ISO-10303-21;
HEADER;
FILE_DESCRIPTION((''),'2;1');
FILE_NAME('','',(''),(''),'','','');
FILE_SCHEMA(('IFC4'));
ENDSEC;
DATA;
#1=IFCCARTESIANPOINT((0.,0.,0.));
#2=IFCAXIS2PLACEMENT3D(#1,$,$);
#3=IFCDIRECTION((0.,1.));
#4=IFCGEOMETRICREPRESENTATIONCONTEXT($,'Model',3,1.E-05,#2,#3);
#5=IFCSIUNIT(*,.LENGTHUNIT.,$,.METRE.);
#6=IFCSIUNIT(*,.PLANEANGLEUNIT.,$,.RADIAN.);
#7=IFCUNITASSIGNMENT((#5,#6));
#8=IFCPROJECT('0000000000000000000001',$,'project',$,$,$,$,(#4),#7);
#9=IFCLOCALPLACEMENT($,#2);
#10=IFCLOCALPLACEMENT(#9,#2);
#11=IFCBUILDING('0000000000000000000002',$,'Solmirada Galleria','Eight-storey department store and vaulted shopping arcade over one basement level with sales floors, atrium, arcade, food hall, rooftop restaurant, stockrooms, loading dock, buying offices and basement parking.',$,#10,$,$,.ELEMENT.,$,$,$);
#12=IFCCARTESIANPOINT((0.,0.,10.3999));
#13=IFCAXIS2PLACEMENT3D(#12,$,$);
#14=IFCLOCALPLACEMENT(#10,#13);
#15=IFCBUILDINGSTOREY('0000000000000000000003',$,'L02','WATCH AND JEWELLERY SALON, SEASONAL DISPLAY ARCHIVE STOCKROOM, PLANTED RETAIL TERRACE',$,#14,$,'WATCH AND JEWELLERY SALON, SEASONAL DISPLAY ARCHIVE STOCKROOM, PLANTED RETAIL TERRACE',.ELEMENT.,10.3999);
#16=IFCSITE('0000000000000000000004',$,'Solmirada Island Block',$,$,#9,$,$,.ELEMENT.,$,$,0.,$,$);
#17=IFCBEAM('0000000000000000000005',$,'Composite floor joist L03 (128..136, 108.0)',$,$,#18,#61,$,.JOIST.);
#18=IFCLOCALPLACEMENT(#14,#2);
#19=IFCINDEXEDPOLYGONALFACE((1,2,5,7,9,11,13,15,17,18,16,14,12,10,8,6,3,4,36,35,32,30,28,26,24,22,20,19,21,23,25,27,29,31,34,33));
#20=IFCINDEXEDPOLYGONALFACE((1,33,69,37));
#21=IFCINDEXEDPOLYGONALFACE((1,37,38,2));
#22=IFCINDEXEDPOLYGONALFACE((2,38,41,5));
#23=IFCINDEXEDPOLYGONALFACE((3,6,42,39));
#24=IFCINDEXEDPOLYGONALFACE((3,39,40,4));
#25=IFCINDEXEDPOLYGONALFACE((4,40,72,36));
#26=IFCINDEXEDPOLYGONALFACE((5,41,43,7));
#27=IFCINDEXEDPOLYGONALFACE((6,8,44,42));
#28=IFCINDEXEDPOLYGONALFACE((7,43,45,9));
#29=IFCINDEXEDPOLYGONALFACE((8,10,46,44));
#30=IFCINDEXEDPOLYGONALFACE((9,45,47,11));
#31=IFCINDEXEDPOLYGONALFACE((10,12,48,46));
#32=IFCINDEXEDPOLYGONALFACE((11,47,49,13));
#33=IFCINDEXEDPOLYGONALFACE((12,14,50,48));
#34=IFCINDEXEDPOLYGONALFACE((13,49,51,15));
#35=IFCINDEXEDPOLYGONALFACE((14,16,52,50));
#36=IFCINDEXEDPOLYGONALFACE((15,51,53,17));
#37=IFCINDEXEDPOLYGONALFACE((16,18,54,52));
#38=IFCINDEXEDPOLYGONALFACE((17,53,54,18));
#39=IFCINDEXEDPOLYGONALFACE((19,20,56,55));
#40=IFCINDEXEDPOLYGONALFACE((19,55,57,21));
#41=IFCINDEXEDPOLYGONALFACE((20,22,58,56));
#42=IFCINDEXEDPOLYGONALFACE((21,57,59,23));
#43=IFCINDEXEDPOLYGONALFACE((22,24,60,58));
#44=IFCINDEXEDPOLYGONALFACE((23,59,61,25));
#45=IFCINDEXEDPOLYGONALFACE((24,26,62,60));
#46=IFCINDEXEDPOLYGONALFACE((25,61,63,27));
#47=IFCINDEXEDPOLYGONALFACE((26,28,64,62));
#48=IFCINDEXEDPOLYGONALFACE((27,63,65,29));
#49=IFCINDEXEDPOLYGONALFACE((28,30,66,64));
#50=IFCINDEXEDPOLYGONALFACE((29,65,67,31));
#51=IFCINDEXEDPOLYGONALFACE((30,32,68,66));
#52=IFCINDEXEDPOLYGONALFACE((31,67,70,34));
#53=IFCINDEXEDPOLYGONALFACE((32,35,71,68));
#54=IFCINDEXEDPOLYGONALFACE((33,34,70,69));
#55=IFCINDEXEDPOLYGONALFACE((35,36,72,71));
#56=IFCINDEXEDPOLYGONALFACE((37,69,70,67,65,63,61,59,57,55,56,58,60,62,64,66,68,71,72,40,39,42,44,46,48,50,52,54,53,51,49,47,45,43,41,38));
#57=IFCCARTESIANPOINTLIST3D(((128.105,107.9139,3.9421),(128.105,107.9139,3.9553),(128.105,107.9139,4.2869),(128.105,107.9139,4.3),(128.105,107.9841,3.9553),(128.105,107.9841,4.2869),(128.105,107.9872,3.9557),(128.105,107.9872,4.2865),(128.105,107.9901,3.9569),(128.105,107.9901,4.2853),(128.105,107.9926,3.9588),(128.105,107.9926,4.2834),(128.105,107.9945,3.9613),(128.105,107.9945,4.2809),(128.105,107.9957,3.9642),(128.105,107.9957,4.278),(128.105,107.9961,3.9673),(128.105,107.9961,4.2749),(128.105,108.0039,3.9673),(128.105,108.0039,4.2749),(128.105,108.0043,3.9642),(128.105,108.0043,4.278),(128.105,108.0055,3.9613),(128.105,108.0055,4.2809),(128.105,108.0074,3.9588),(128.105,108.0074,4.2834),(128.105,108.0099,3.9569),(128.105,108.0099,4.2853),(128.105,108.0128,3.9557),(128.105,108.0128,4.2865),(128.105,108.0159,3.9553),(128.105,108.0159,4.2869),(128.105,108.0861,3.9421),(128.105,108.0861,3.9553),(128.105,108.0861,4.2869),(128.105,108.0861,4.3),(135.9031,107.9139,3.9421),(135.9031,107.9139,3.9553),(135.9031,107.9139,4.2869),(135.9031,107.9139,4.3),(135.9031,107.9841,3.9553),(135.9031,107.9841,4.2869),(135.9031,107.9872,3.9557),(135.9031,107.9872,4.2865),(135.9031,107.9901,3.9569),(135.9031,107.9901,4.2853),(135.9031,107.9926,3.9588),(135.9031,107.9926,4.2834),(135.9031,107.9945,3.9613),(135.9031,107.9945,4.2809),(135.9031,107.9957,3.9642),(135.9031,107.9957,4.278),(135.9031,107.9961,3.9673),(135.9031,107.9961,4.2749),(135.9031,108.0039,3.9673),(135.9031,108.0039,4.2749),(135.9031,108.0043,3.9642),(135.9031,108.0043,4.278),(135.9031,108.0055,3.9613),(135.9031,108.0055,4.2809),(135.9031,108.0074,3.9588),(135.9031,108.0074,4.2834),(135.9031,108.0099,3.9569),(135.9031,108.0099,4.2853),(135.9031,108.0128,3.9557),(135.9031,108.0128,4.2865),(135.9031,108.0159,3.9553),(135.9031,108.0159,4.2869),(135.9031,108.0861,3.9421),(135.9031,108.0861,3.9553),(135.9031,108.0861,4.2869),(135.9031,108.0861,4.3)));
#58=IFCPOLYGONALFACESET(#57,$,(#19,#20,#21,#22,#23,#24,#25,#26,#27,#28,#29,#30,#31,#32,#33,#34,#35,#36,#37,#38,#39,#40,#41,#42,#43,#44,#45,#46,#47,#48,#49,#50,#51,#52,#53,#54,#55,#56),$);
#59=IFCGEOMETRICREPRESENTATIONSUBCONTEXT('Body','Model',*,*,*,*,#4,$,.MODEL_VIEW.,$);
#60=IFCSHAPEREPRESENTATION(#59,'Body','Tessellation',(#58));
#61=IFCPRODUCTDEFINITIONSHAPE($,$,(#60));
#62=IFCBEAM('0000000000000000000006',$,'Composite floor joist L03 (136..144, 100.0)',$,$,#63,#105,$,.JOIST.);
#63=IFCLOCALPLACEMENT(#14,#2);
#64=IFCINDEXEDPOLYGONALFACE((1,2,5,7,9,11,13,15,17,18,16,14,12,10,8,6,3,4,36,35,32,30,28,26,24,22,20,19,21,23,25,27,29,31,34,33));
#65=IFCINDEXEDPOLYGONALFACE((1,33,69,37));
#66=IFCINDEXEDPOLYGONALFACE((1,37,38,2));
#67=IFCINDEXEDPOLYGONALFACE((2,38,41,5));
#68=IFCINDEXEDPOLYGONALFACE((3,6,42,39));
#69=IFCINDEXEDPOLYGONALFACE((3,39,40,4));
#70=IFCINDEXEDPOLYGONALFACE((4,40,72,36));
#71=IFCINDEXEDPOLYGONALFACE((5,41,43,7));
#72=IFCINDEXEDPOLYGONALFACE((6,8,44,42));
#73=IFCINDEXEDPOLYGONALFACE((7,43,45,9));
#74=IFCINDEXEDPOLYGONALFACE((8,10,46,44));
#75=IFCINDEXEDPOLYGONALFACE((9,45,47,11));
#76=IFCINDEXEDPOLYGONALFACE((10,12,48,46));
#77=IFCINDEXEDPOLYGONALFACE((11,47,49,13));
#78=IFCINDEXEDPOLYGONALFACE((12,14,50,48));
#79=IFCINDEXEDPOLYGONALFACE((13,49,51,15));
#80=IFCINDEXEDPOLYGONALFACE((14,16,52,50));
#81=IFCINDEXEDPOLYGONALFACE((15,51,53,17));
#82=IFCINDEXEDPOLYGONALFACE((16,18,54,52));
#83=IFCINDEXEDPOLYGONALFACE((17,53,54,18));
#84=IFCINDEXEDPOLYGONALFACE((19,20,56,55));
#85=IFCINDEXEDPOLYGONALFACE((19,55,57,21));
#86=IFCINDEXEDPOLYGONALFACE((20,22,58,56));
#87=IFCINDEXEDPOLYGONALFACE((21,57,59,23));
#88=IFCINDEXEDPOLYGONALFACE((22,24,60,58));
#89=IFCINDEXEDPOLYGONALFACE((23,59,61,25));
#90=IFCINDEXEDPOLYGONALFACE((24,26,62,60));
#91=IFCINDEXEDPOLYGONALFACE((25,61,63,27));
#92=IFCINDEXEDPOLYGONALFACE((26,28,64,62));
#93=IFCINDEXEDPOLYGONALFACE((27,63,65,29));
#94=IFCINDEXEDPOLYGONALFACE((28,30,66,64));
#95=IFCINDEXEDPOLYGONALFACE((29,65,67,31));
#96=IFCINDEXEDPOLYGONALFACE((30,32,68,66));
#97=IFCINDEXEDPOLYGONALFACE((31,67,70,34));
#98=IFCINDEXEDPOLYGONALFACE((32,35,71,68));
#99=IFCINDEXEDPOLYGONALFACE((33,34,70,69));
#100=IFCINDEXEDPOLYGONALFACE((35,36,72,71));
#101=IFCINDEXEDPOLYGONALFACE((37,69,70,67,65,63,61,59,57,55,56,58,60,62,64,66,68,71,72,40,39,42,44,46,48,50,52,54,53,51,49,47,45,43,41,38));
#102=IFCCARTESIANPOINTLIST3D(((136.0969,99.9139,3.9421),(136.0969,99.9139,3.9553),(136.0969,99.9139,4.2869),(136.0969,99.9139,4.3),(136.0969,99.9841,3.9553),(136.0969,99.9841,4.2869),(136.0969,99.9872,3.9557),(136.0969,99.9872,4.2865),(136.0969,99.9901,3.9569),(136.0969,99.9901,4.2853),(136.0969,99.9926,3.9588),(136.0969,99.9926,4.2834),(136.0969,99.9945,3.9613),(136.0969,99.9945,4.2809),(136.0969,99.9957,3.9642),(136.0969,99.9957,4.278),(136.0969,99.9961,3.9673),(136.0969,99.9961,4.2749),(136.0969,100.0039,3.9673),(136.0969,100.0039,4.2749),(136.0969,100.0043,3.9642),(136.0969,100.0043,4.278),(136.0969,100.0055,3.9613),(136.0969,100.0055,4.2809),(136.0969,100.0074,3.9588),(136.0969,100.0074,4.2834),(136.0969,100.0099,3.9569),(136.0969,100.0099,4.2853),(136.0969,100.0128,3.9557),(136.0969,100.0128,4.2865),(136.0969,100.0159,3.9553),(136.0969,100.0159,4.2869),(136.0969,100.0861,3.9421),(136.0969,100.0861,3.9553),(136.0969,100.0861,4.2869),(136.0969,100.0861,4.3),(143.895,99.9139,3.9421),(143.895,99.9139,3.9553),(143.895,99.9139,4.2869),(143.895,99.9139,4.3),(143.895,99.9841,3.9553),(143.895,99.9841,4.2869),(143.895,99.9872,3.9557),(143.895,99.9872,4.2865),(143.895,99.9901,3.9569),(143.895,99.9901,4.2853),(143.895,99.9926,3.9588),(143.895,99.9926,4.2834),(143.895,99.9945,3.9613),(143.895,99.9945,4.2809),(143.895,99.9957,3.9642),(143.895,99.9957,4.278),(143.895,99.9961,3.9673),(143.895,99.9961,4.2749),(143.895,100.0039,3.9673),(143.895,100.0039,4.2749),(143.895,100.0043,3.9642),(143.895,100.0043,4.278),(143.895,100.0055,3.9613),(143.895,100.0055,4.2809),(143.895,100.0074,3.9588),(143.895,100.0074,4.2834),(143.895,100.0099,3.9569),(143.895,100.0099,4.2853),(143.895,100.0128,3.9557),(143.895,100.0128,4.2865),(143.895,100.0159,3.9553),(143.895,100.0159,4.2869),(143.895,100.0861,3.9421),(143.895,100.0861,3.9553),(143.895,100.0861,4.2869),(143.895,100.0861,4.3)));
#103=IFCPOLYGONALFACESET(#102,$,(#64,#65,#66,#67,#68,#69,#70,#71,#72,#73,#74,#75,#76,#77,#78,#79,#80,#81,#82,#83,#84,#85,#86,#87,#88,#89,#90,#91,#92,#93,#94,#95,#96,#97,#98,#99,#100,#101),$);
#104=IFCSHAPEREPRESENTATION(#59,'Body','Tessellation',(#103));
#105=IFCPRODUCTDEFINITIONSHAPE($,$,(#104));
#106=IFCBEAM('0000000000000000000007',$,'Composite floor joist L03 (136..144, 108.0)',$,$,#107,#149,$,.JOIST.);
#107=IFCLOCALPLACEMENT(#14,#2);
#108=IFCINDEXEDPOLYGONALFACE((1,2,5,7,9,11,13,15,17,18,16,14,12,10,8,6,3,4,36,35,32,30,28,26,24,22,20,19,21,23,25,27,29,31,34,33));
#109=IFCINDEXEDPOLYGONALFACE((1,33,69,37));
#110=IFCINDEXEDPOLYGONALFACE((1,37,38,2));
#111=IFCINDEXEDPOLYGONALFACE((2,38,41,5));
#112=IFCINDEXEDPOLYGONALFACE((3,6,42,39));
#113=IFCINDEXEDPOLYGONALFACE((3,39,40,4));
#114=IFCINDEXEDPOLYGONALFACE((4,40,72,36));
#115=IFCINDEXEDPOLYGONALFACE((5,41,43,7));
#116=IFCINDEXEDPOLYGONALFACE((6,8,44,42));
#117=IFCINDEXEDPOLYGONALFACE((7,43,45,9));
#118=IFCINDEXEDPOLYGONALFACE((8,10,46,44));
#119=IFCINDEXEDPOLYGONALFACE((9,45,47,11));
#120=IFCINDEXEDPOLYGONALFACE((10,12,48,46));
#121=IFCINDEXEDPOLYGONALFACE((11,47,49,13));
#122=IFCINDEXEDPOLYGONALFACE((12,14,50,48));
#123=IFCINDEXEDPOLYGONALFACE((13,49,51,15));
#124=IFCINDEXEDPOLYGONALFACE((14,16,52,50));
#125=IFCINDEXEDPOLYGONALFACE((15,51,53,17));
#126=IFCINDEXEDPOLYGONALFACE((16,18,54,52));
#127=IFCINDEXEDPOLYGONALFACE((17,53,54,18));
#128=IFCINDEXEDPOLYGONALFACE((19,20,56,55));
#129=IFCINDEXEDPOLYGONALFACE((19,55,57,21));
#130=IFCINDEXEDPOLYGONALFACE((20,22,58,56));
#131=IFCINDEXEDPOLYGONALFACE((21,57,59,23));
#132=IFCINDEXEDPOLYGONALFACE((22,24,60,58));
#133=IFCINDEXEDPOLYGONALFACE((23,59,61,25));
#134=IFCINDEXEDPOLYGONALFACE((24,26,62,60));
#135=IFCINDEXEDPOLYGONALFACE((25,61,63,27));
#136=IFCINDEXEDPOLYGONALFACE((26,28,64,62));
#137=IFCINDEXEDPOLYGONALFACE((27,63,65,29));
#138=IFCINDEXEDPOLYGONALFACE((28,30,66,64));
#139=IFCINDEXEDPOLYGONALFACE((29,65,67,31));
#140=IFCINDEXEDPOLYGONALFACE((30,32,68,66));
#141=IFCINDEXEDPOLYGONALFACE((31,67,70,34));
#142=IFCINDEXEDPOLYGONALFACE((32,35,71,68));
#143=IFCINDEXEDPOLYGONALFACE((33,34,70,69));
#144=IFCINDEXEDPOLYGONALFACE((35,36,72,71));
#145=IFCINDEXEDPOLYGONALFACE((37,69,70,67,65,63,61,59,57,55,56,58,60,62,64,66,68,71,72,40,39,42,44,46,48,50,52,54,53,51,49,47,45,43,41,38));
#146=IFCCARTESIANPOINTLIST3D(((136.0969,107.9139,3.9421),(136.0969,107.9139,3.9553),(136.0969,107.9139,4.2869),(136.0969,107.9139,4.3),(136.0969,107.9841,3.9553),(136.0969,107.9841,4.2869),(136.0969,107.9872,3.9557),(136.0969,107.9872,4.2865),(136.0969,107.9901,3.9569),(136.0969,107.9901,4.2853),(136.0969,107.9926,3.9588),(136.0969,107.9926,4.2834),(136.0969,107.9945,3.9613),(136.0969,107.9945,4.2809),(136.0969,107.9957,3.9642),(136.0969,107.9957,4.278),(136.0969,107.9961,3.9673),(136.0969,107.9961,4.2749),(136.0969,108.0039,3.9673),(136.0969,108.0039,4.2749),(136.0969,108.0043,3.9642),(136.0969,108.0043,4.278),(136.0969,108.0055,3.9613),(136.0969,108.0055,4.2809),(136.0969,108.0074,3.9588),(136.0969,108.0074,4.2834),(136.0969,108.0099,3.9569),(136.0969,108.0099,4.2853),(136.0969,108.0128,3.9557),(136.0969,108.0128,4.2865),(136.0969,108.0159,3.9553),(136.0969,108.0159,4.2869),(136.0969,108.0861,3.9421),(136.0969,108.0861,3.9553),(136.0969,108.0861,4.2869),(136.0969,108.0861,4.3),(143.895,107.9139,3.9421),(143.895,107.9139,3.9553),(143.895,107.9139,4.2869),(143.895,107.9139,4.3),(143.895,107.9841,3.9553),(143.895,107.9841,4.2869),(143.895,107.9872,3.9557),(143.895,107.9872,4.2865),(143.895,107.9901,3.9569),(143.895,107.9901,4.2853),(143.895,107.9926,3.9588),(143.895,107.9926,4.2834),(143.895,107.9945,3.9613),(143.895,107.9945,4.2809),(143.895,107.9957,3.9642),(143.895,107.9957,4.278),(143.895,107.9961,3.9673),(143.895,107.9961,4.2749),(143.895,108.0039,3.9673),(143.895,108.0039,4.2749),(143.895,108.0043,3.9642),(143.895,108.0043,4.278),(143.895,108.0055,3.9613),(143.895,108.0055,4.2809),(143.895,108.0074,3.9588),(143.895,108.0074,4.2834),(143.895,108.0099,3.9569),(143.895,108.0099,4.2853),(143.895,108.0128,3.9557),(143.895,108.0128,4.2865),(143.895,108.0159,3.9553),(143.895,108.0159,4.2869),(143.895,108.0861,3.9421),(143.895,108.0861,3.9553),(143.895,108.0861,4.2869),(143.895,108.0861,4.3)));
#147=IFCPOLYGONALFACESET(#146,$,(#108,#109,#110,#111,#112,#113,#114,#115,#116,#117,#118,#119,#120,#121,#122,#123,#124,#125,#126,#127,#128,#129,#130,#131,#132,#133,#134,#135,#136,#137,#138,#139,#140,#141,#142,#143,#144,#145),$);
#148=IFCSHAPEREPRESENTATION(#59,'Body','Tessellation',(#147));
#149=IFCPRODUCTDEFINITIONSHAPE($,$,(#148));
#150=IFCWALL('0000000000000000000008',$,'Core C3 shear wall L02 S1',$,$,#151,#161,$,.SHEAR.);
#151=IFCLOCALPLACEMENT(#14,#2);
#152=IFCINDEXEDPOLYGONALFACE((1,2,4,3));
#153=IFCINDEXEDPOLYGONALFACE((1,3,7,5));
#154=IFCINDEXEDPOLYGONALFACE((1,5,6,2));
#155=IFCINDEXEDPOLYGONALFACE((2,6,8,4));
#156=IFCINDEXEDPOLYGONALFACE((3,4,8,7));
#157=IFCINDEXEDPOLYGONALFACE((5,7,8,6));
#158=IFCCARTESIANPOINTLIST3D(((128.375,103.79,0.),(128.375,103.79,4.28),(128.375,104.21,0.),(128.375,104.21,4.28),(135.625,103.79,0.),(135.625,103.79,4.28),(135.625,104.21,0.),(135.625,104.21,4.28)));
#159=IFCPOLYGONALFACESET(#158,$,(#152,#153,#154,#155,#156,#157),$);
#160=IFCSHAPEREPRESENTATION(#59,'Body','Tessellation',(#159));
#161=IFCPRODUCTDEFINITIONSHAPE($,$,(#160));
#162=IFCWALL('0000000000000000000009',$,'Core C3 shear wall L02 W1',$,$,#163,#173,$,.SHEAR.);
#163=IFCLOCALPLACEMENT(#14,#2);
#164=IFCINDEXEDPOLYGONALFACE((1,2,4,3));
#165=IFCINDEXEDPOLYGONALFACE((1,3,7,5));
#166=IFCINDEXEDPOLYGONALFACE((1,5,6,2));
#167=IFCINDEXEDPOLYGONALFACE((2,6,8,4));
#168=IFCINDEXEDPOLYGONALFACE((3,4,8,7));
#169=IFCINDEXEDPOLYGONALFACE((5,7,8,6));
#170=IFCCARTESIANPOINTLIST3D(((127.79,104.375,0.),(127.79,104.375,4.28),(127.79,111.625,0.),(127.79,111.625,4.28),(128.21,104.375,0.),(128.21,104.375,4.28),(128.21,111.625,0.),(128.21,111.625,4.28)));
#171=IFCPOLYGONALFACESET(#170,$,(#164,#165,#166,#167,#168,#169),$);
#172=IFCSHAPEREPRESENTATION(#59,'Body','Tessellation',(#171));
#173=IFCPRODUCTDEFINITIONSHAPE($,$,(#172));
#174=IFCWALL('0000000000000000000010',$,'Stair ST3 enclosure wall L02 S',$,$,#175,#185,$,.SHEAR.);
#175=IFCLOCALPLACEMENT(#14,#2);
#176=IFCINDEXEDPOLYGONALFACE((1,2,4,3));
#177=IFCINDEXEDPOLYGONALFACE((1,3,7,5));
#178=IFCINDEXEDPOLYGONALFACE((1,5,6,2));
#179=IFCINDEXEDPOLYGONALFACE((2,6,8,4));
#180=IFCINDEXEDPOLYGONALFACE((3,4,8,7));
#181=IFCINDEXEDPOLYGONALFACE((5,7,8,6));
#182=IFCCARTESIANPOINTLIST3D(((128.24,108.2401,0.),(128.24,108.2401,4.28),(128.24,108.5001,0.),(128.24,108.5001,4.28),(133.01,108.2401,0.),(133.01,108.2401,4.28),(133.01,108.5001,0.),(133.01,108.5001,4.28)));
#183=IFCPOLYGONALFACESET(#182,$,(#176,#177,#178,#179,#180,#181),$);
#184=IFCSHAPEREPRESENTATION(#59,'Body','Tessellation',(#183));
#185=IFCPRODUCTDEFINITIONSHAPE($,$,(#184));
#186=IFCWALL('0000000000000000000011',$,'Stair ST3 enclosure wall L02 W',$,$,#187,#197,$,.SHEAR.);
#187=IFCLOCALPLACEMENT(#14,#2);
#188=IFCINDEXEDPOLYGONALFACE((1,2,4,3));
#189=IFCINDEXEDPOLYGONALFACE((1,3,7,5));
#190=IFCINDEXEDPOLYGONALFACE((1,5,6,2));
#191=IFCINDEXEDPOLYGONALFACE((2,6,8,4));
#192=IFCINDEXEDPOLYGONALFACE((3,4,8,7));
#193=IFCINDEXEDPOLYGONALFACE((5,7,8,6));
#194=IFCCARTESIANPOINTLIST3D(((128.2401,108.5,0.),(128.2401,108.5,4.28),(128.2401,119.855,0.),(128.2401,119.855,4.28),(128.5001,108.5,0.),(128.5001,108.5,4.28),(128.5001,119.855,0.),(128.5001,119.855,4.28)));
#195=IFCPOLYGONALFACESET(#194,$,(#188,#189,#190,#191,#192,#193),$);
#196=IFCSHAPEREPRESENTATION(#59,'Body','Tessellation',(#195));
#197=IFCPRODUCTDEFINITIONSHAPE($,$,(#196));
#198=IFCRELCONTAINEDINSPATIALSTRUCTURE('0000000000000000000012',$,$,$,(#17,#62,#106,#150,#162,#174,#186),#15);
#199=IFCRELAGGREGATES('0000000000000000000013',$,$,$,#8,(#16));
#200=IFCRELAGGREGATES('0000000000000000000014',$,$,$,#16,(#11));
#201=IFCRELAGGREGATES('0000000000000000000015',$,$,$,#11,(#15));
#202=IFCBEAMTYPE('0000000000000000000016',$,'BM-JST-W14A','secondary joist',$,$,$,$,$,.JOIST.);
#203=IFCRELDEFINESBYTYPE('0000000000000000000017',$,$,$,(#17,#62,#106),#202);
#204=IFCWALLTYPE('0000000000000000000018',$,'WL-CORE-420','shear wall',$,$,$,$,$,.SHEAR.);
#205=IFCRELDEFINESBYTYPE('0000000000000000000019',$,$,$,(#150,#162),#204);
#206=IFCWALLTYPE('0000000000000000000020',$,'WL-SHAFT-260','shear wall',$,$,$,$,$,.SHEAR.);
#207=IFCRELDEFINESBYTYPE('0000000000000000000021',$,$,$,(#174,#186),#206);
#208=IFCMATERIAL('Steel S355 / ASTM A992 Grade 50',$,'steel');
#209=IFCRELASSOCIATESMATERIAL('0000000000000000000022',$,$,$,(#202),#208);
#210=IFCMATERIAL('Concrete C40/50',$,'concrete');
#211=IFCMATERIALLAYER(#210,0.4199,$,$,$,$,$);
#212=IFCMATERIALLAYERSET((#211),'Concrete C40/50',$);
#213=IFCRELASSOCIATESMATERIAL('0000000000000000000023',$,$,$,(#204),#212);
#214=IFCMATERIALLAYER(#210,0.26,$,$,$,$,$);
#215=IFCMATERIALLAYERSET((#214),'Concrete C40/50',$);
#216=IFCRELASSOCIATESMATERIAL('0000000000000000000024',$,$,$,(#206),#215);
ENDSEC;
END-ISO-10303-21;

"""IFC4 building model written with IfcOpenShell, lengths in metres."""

from ifc_helpers import new_model, si_unit, direction, frame, frame_2d, origin, origin_2d, place, context, subcontext, project, spatial, rectangle, i_section, extrude, material, layer, layer_set, material_profile, profile_set, type_object, element, save


model = new_model("IFC4")

# Units and contexts
model_context = context("Model", 3, precision=1e-05, world=origin(), true_north=direction((0.0, 1.0)))
body_context = subcontext(model_context, "Body", "Model", "MODEL_VIEW")
ifc_project = project(units=[si_unit("LENGTHUNIT", "METRE"), si_unit("PLANEANGLEUNIT", "RADIAN")], contexts=[model_context])

# Site, building, storey
site_placement = place(None, origin())
site = spatial("IfcSite", under=ifc_project, at=site_placement, Name="Solmirada Island Block", CompositionType="ELEMENT", RefElevation=0.0)
building_placement = place(site_placement, origin())
building = spatial("IfcBuilding", under=site, at=building_placement, Name="Solmirada Galleria", Description="Eight-storey department store and vaulted shopping arcade over one basement level with sales floors, atrium, arcade, food hall, rooftop restaurant, stockrooms, loading dock, buying offices and basement parking.", CompositionType="ELEMENT")
storey_placement = place(building_placement, frame((0.0, 0.0, 10.3999)))
storey = spatial("IfcBuildingStorey", under=building, at=storey_placement, Name="L02", Description="WATCH AND JEWELLERY SALON, SEASONAL DISPLAY ARCHIVE STOCKROOM, PLANTED RETAIL TERRACE", LongName="WATCH AND JEWELLERY SALON, SEASONAL DISPLAY ARCHIVE STOCKROOM, PLANTED RETAIL TERRACE", CompositionType="ELEMENT", Elevation=10.3999)

# Shared definitions
ifc_material_1 = material(Name="Concrete C40/50", Category="concrete")

# Beams
ifc_material_2 = material(Name="Steel S355 / ASTM A992 Grade 50", Category="steel")
ifc_material_profile_1 = material_profile(ifc_material_2, i_section(OverallWidth=0.1721, OverallDepth=0.3579, WebThickness=0.0078, FlangeThickness=0.0132, FilletRadius=0.012, at=origin_2d()), Name="W14X38")
ifc_profile_set_1 = profile_set([ifc_material_profile_1], Name="Steel S355 / ASTM A992 Grade 50")
beam_type_1 = type_object("IfcBeamType", Name="BM-JST-W14A", Description="secondary joist", PredefinedType="JOIST", material=ifc_profile_set_1)
for number, where, z_axis, x_axis, name in (
    (1, (128.105, 108.0, 4.1211), (1.0, 0.0, 0.0), (0.0, 1.0, 0.0), "Composite floor joist L03 (128..136, 108.0)"),
    (2, (136.0969, 100.0, 4.1211), (1.0, 0.0, 0.0), (0.0, 1.0, 0.0), "Composite floor joist L03 (136..144, 100.0)"),
    (3, (136.0969, 108.0, 4.1211), (1.0, 0.0, 0.0), (0.0, 1.0, 0.0), "Composite floor joist L03 (136..144, 108.0)"),
):
    element("IfcBeam", number, at=place(storey_placement, frame(where, z_axis=z_axis, x_axis=x_axis)), inside=storey, type_object=beam_type_1, Name=name, PredefinedType="JOIST", context=body_context, shape_type="SweptSolid", body=[
        extrude(i_section(OverallWidth=0.1721, OverallDepth=0.3579, WebThickness=0.0078, FlangeThickness=0.0132, FilletRadius=0.012, at=origin_2d()), origin(), (0.0, 0.0, 1.0), 7.7981),
    ])

# Wall
ifc_layer_1 = layer(ifc_material_1, 0.4199)
ifc_layer_set_1 = layer_set([ifc_layer_1], Name="Concrete C40/50")
wall_type_1 = type_object("IfcWallType", Name="WL-CORE-420", Description="shear wall", PredefinedType="SHEAR", material=ifc_layer_set_1)
wall_1_placement = place(storey_placement, frame((128.375, 104.0, 0.0), z_axis=(0.0, 0.0, 1.0), x_axis=(1.0, 0.0, 0.0)))
element("IfcWall", 4, at=wall_1_placement, inside=storey, type_object=wall_type_1, Name="Core C3 shear wall L02 S1", PredefinedType="SHEAR", context=body_context, shape_type="SweptSolid", body=[
    extrude(rectangle(XDim=7.25, YDim=0.4199, at=frame_2d((3.625, 0.0))), origin(), (0.0, 0.0, 1.0), 4.28),
])

# Walls
wall_2_placement = place(storey_placement, frame((128.0, 104.375, 0.0), z_axis=(0.0, 0.0, 1.0), x_axis=(0.0, 1.0, 0.0)))
element("IfcWall", 5, at=wall_2_placement, inside=storey, type_object=wall_type_1, Name="Core C3 shear wall L02 W1", PredefinedType="SHEAR", context=body_context, shape_type="SweptSolid", body=[
    extrude(rectangle(XDim=7.25, YDim=0.4199, at=frame_2d((3.625, 0.0))), origin(), (0.0, 0.0, 1.0), 4.28),
])
ifc_layer_2 = layer(ifc_material_1, 0.26)
ifc_layer_set_2 = layer_set([ifc_layer_2], Name="Concrete C40/50")
wall_type_2 = type_object("IfcWallType", Name="WL-SHAFT-260", Description="shear wall", PredefinedType="SHEAR", material=ifc_layer_set_2)
wall_3_placement = place(storey_placement, frame((128.24, 108.3701, 0.0), z_axis=(0.0, 0.0, 1.0), x_axis=(1.0, 0.0, 0.0)))
element("IfcWall", 6, at=wall_3_placement, inside=storey, type_object=wall_type_2, Name="Stair ST3 enclosure wall L02 S", PredefinedType="SHEAR", context=body_context, shape_type="SweptSolid", body=[
    extrude(rectangle(XDim=4.77, YDim=0.26, at=frame_2d((2.385, 0.0))), origin(), (0.0, 0.0, 1.0), 4.28),
])
wall_4_placement = place(storey_placement, frame((128.3701, 108.5, 0.0), z_axis=(0.0, 0.0, 1.0), x_axis=(0.0, 1.0, 0.0)))
element("IfcWall", 7, at=wall_4_placement, inside=storey, type_object=wall_type_2, Name="Stair ST3 enclosure wall L02 W", PredefinedType="SHEAR", context=body_context, shape_type="SweptSolid", body=[
    extrude(rectangle(XDim=11.355, YDim=0.26, at=frame_2d((5.6775, 0.0))), origin(), (0.0, 0.0, 1.0), 4.28),
])

save(model, "model.ifc")
